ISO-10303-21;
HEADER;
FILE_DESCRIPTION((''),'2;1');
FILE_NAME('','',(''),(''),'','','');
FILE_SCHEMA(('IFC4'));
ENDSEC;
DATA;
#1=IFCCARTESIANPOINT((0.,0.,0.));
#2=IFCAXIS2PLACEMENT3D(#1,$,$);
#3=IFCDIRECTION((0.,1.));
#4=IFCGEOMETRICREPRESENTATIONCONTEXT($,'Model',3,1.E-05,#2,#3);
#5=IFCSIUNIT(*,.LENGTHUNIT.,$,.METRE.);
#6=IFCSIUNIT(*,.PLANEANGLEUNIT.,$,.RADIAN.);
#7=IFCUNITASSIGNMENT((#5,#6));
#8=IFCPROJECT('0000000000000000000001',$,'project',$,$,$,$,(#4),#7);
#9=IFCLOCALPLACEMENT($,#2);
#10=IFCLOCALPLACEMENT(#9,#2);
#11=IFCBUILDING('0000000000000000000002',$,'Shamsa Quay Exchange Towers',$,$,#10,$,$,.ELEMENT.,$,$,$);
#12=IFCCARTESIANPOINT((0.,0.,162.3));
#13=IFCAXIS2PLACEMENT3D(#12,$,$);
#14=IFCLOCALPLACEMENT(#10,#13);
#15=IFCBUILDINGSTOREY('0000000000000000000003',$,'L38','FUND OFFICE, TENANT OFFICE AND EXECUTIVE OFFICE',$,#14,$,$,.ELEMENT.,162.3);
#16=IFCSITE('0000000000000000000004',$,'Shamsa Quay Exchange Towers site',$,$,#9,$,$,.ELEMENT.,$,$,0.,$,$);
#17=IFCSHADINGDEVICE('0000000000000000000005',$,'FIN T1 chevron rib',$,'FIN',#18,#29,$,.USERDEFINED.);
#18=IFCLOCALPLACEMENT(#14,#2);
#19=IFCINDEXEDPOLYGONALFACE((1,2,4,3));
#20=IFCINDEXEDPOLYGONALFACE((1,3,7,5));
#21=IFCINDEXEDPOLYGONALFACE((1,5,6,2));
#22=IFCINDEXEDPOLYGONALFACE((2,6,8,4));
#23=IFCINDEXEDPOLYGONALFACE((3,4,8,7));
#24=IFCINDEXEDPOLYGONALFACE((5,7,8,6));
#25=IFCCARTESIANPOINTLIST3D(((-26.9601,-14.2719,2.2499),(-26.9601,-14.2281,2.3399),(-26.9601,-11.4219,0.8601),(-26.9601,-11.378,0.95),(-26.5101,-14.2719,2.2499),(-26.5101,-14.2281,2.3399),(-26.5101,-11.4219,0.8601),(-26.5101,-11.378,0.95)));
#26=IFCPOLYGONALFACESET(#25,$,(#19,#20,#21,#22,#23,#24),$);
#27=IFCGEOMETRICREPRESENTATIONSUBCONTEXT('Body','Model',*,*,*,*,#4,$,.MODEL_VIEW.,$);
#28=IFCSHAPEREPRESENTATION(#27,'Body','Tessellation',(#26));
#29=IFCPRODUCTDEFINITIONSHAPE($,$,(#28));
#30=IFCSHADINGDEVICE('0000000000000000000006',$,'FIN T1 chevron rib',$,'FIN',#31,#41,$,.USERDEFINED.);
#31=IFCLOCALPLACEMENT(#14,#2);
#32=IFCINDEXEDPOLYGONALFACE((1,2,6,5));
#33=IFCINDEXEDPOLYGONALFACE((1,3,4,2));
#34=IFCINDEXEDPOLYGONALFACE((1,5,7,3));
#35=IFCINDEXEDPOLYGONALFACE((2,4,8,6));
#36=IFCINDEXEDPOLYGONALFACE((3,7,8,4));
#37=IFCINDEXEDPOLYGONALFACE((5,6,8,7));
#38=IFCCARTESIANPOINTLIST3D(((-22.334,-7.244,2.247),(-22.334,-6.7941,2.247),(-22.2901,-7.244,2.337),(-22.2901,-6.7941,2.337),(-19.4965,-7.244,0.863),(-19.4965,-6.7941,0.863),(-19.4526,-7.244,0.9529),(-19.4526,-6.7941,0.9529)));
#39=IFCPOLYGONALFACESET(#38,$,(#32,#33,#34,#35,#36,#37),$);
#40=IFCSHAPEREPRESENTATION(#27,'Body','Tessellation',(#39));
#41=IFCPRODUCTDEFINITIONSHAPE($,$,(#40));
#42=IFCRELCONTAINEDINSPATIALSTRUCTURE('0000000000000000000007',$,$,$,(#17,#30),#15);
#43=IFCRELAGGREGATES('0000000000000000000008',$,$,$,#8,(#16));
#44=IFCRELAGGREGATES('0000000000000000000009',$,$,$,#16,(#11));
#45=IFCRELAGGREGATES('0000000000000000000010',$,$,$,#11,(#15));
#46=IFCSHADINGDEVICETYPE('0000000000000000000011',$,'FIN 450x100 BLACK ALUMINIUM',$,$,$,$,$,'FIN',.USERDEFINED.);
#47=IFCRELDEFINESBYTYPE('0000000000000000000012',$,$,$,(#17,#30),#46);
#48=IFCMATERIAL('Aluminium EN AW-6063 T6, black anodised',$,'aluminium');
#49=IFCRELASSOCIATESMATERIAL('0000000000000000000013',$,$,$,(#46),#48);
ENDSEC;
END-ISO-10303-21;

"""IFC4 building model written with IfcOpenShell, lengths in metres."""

from ifc_helpers import new_model, si_unit, direction, frame, origin, origin_2d, place, context, subcontext, project, spatial, rectangle, extrude, material, material_profile, profile_set, type_object, element, save


model = new_model("IFC4")

# Units and contexts
model_context = context("Model", 3, precision=1e-05, world=origin(), true_north=direction((0.0, 1.0)))
body_context = subcontext(model_context, "Body", "Model", "MODEL_VIEW")
ifc_project = project(units=[si_unit("LENGTHUNIT", "METRE"), si_unit("PLANEANGLEUNIT", "RADIAN")], contexts=[model_context])

# Site, building, storey
site_placement = place(None, origin())
site = spatial("IfcSite", under=ifc_project, at=site_placement, Name="Shamsa Quay Exchange Towers site", CompositionType="ELEMENT", RefElevation=0.0)
building_placement = place(site_placement, origin())
building = spatial("IfcBuilding", under=site, at=building_placement, Name="Shamsa Quay Exchange Towers", CompositionType="ELEMENT")
storey_placement = place(building_placement, frame((0.0, 0.0, 162.3)))
storey = spatial("IfcBuildingStorey", under=building, at=storey_placement, Name="L38", Description="FUND OFFICE, TENANT OFFICE AND EXECUTIVE OFFICE", CompositionType="ELEMENT", Elevation=162.3)

# Shared definitions
ifc_material_1 = material(Name="Aluminium EN AW-6063 T6, black anodised", Category="aluminium")

# Shading devices
ifc_material_profile_1 = material_profile(ifc_material_1, rectangle(XDim=0.45, YDim=0.1001, at=origin_2d()), Name="FIN450x100")
ifc_profile_set_1 = profile_set([ifc_material_profile_1], Name="Aluminium EN AW-6063 T6, black anodised")
shading_device_type = type_object("IfcShadingDeviceType", Name="FIN 450x100 BLACK ALUMINIUM", ElementType="FIN", PredefinedType="USERDEFINED", material=ifc_profile_set_1)
shading_device_1_placement = place(storey_placement, frame((-26.7351, -14.25, 2.2949), z_axis=(0.0, 0.898818, -0.438322), x_axis=(-1.0, 0.0, 0.0)))
element("IfcShadingDevice", 1, at=shading_device_1_placement, inside=storey, type_object=shading_device_type, Name="FIN T1 chevron rib", ObjectType="FIN", PredefinedType="USERDEFINED", context=body_context, shape_type="SweptSolid", body=[
    extrude(rectangle(XDim=0.45, YDim=0.1001, at=origin_2d()), origin(), (0.0, 0.0, 1.0), 3.1709),
])
shading_device_2_placement = place(storey_placement, frame((-22.312, -7.019, 2.292), z_axis=(0.898777, 0.0, -0.438407), x_axis=(0.0, 1.0, 0.0)))
element("IfcShadingDevice", 2, at=shading_device_2_placement, inside=storey, type_object=shading_device_type, Name="FIN T1 chevron rib", ObjectType="FIN", PredefinedType="USERDEFINED", context=body_context, shape_type="SweptSolid", body=[
    extrude(rectangle(XDim=0.45, YDim=0.1001, at=origin_2d()), origin(), (0.0, 0.0, 1.0), 3.157),
])

save(model, "model.ifc")
